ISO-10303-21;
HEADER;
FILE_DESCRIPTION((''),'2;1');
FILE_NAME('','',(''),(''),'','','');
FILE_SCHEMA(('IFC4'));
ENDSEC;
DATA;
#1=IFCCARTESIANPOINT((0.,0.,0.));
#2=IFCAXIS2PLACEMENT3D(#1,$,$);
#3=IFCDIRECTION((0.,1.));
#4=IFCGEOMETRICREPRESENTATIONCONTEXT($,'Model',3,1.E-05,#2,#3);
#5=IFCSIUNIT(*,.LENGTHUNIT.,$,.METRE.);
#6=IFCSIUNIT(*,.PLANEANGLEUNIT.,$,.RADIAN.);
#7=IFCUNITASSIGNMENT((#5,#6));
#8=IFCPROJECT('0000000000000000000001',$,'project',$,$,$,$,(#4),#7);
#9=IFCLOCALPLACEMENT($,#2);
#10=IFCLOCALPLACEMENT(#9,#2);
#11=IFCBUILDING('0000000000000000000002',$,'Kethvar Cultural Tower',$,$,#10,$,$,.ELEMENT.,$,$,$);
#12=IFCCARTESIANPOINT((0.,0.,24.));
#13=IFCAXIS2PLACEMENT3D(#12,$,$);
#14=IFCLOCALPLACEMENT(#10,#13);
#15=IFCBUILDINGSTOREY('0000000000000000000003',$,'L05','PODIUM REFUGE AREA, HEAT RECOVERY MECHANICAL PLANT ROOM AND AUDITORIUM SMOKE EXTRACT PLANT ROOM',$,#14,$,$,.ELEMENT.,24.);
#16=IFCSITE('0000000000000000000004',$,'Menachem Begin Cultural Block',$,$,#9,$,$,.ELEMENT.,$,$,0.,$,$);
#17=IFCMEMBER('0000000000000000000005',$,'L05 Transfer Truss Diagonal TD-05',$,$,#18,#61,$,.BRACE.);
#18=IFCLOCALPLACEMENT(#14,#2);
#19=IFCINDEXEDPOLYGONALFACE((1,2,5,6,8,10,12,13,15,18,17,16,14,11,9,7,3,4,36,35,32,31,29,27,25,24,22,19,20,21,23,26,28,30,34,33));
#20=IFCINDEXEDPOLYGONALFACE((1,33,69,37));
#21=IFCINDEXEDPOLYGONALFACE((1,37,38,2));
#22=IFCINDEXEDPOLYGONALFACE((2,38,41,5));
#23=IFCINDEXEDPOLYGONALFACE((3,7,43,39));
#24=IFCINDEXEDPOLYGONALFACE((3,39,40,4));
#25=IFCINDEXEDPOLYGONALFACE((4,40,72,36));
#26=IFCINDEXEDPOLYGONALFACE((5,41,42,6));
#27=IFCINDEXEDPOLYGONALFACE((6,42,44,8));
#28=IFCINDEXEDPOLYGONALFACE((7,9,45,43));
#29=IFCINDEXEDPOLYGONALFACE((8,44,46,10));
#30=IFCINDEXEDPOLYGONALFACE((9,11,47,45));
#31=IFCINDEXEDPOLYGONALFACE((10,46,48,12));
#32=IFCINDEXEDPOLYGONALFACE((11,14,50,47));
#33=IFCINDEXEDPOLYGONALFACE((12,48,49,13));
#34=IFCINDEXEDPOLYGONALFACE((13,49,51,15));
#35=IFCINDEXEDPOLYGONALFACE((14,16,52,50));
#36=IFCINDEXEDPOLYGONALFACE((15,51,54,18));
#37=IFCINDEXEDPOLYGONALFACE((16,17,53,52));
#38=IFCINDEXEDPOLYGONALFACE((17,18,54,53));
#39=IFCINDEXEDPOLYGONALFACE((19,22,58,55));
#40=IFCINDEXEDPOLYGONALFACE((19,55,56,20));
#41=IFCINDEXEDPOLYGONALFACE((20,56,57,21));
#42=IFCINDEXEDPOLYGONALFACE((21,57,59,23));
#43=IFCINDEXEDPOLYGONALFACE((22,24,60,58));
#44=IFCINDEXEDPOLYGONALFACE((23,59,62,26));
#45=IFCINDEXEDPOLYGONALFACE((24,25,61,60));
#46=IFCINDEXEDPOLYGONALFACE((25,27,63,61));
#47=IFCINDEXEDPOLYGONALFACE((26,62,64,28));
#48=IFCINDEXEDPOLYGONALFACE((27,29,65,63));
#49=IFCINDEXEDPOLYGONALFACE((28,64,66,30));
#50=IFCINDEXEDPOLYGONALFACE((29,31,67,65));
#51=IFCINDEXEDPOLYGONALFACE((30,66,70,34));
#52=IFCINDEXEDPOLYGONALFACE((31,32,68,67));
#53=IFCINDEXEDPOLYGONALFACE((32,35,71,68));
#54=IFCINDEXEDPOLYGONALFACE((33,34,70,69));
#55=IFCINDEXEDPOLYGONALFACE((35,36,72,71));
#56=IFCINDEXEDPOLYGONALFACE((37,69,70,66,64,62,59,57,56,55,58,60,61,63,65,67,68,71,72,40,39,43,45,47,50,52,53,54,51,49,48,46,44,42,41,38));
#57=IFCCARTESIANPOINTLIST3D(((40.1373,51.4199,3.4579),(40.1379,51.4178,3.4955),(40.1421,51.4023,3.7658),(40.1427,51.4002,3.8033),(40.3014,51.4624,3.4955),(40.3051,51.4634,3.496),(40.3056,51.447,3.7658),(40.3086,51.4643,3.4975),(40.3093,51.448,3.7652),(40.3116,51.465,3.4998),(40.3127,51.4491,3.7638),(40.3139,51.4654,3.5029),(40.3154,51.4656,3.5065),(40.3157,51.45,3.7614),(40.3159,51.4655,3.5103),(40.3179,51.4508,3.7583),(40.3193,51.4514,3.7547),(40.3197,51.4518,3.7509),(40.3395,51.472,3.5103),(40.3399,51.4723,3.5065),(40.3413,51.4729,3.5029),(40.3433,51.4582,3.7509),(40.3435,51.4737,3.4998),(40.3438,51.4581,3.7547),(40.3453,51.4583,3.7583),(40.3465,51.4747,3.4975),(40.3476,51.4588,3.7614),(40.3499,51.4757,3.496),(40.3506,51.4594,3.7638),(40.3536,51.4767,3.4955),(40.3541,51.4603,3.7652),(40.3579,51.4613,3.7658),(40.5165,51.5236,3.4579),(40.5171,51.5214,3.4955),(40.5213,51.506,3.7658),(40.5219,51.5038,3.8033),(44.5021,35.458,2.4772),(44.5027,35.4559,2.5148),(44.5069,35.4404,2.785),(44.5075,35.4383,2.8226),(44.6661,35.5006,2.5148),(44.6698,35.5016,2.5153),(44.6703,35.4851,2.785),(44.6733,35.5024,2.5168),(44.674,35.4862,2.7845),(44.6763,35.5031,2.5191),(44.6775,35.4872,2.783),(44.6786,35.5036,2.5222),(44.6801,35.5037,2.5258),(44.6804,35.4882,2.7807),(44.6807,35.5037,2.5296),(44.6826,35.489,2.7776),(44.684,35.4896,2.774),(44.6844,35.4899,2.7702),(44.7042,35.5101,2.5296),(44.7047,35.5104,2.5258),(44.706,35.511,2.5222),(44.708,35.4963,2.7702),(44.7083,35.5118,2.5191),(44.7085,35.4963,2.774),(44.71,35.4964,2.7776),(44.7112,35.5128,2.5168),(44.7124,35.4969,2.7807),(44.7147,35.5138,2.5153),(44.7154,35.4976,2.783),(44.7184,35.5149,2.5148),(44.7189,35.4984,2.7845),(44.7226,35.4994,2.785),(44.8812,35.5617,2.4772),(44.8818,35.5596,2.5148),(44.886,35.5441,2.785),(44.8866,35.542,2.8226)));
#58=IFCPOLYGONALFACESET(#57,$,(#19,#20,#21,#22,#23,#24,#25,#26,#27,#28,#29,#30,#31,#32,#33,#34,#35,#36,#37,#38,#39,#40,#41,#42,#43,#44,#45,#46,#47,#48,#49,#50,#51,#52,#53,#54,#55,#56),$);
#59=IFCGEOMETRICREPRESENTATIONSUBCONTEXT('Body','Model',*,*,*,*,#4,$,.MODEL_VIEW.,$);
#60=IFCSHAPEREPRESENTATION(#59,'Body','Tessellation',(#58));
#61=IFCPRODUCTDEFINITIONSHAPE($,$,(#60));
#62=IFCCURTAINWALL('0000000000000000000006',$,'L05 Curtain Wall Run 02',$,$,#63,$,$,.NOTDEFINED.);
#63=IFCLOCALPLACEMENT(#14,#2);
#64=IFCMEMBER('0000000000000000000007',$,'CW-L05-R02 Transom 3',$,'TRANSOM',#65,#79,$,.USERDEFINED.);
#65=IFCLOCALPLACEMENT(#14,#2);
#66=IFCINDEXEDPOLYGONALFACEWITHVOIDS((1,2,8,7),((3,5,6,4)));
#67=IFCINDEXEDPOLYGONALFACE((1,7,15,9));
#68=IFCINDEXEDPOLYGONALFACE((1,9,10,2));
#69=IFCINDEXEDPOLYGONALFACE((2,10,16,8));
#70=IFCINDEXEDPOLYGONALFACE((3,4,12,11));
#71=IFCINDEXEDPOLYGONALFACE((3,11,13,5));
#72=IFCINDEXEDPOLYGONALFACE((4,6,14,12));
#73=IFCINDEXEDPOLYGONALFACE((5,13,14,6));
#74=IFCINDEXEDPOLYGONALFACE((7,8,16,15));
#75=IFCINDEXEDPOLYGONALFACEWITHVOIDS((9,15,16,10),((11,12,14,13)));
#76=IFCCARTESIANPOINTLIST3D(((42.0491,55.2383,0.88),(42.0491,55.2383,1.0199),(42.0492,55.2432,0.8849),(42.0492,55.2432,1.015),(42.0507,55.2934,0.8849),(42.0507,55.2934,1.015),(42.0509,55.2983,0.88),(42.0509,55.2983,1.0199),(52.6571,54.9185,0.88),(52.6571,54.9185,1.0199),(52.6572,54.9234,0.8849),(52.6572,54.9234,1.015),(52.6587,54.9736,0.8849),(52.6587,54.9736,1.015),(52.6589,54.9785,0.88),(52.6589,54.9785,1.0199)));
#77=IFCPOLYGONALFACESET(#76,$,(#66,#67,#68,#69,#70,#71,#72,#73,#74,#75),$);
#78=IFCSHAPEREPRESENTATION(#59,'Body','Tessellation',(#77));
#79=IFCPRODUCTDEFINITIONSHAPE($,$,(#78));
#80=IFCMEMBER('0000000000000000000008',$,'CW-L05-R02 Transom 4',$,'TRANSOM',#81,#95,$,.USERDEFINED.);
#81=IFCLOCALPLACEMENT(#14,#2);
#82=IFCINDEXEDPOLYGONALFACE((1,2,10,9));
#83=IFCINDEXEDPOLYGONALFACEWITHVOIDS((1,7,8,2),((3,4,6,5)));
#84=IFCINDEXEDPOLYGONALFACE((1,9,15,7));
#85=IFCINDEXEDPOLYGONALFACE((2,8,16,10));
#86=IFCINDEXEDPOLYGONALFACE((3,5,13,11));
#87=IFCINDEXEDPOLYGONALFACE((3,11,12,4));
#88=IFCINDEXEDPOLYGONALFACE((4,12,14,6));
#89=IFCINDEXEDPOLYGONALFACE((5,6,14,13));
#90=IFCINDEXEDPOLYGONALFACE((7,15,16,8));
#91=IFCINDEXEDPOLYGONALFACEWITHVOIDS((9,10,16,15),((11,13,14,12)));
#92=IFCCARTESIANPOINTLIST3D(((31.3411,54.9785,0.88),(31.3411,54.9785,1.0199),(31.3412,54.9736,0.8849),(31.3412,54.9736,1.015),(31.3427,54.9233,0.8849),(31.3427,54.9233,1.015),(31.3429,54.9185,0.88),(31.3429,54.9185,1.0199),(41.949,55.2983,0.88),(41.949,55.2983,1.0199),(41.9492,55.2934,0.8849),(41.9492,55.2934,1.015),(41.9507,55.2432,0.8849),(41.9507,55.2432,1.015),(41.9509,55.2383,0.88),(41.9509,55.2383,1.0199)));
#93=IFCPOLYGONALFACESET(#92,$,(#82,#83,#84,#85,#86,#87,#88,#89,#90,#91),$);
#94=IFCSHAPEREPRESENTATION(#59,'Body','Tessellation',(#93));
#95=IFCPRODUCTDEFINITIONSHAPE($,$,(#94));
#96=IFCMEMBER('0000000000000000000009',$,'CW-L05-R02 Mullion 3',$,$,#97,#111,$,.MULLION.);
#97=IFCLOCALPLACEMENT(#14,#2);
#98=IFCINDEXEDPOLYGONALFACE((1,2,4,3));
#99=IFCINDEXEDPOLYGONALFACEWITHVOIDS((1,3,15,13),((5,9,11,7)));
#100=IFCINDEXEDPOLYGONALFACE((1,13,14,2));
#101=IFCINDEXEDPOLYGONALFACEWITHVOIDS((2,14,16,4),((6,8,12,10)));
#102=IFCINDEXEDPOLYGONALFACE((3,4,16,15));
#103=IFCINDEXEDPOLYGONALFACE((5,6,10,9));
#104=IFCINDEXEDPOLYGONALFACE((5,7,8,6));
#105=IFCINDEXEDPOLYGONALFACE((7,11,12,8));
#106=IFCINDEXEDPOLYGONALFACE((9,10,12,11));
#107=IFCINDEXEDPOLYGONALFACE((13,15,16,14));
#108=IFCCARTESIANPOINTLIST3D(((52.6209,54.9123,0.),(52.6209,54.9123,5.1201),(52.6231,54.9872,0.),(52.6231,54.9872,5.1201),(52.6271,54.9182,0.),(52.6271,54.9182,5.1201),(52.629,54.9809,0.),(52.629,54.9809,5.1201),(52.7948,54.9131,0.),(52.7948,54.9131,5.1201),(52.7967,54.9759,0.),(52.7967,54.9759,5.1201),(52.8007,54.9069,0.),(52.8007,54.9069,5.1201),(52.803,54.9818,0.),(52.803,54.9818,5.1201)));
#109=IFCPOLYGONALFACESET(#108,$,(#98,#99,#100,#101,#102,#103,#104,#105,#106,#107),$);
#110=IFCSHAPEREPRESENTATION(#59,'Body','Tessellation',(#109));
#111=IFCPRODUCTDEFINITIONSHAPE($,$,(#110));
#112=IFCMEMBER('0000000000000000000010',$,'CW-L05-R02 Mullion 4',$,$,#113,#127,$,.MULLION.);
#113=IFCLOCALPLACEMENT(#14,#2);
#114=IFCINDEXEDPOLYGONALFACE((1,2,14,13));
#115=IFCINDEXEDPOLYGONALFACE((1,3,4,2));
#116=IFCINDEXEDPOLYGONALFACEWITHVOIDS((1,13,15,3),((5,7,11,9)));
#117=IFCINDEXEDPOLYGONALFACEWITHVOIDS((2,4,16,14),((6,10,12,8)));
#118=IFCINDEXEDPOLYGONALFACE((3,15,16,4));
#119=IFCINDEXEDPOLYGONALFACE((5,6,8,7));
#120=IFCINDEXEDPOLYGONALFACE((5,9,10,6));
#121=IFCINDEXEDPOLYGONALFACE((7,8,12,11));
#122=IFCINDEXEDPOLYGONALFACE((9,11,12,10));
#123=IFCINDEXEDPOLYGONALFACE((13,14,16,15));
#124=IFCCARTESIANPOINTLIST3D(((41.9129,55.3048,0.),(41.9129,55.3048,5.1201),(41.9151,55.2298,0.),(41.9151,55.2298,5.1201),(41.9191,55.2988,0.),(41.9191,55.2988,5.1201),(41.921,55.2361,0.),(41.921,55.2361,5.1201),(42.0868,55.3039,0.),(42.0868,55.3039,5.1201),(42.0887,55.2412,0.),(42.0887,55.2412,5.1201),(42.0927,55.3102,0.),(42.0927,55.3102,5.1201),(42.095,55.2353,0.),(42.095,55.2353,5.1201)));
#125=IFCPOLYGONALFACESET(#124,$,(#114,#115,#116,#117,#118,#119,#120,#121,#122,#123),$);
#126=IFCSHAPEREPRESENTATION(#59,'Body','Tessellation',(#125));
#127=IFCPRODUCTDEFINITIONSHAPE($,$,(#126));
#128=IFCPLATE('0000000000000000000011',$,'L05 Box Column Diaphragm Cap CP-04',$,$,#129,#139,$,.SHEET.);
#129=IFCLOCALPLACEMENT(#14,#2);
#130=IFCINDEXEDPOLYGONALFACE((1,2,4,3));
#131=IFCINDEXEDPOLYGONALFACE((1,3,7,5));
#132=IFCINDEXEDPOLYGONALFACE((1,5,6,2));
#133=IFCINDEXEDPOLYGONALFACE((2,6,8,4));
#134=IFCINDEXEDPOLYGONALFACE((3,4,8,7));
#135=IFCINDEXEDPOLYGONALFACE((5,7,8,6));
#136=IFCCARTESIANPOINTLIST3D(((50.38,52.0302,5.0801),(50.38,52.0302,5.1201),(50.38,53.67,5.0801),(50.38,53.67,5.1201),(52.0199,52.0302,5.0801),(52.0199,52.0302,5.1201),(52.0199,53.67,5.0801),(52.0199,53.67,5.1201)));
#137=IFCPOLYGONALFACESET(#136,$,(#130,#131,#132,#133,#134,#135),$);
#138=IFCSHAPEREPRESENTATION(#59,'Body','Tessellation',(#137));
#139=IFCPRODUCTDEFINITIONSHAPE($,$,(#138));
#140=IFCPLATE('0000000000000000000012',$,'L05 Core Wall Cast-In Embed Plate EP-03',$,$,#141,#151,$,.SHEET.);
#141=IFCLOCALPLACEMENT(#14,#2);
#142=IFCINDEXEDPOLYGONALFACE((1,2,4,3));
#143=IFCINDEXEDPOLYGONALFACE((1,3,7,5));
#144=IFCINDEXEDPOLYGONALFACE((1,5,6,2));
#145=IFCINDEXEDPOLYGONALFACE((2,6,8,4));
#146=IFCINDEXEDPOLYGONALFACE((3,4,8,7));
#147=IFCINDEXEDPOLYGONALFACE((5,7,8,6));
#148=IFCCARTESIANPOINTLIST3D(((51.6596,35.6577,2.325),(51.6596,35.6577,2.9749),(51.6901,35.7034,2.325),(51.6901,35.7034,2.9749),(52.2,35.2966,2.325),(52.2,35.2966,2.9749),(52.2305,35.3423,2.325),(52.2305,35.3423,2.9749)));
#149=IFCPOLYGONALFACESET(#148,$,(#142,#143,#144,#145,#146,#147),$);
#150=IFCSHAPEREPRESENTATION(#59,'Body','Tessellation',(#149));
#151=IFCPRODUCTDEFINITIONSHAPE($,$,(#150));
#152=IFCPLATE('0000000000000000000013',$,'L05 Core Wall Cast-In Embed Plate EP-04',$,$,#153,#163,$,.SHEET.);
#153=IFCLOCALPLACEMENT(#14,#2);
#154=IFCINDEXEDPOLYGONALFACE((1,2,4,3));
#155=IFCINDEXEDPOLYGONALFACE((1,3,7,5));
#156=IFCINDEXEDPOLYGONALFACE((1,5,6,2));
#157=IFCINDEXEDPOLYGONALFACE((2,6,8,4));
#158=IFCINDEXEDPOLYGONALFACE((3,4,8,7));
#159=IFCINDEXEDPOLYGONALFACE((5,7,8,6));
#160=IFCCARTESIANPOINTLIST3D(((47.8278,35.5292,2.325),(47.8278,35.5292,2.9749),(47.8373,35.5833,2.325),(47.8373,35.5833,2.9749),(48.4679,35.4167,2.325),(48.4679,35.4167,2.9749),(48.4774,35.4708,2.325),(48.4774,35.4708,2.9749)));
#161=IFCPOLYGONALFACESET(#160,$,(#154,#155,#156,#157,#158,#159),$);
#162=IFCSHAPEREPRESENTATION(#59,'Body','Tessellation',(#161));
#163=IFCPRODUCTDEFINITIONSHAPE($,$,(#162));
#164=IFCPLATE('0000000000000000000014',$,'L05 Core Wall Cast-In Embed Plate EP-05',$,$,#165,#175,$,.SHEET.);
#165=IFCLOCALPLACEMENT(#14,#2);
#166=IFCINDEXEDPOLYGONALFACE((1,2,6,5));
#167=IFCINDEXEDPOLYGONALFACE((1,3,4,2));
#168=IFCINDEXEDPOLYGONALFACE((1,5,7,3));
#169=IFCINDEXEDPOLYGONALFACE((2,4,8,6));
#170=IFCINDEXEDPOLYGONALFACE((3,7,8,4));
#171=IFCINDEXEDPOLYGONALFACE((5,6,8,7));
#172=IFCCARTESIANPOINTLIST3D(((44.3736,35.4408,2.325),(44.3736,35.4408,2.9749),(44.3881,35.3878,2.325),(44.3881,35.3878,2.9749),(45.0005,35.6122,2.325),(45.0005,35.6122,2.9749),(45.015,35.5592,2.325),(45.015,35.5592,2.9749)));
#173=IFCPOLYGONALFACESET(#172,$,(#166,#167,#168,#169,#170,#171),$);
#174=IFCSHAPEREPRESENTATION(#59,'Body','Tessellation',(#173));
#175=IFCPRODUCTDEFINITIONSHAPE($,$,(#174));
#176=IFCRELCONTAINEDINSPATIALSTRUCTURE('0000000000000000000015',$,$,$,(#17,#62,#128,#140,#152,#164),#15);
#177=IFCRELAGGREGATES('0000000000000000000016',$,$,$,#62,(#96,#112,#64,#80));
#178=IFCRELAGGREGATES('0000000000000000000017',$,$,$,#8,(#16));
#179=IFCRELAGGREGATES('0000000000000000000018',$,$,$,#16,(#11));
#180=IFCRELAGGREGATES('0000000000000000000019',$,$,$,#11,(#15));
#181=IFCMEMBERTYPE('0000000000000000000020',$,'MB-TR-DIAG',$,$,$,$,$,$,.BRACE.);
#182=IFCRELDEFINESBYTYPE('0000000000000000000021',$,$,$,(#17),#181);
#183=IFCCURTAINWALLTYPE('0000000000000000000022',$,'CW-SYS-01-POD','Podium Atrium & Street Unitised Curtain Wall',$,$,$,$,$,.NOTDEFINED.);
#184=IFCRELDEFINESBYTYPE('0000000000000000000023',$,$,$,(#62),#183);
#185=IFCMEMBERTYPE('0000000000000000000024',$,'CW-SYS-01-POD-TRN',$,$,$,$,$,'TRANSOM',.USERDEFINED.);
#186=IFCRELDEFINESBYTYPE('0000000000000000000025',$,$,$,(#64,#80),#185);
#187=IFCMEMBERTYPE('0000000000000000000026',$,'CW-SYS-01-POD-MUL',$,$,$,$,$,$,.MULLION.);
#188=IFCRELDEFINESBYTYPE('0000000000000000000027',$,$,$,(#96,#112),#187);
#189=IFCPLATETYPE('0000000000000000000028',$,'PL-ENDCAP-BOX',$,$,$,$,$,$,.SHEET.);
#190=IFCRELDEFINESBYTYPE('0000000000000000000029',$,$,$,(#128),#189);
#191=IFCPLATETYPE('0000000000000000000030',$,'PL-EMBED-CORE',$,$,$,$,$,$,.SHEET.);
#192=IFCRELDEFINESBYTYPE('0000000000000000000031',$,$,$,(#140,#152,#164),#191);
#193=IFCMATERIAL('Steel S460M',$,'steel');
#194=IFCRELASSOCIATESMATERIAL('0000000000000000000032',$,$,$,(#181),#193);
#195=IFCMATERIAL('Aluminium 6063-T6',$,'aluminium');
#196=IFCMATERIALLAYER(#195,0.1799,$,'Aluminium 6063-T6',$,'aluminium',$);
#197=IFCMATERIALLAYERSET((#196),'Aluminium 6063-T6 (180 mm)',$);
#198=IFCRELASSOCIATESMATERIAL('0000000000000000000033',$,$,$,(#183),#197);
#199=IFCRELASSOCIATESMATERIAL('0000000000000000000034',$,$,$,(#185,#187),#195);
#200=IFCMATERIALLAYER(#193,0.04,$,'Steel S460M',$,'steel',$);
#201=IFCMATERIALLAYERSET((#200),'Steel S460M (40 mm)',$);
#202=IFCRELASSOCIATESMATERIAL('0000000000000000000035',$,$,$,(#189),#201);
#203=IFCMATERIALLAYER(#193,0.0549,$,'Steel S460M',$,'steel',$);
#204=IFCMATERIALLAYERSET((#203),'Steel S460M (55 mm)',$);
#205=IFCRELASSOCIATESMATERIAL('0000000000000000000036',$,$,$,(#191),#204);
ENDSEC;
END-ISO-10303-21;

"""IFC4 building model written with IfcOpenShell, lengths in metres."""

from ifc_helpers import new_model, si_unit, direction, frame, origin, origin_2d, place, context, subcontext, project, spatial, rectangle, hollow_rectangle, i_section, extrude, source, transform, mapped, material, layer, layer_set, material_profile, profile_set, type_object, element, aggregate, save


model = new_model("IFC4")

# Units and contexts
model_context = context("Model", 3, precision=1e-05, world=origin(), true_north=direction((0.0, 1.0)))
body_context = subcontext(model_context, "Body", "Model", "MODEL_VIEW")
ifc_project = project(units=[si_unit("LENGTHUNIT", "METRE"), si_unit("PLANEANGLEUNIT", "RADIAN")], contexts=[model_context])

# Site, building, storey
site_placement = place(None, origin())
site = spatial("IfcSite", under=ifc_project, at=site_placement, Name="Menachem Begin Cultural Block", CompositionType="ELEMENT", RefElevation=0.0)
building_placement = place(site_placement, origin())
building = spatial("IfcBuilding", under=site, at=building_placement, Name="Kethvar Cultural Tower", CompositionType="ELEMENT")
storey_placement = place(building_placement, frame((0.0, 0.0, 24.0)))
storey = spatial("IfcBuildingStorey", under=building, at=storey_placement, Name="L05", Description="PODIUM REFUGE AREA, HEAT RECOVERY MECHANICAL PLANT ROOM AND AUDITORIUM SMOKE EXTRACT PLANT ROOM", CompositionType="ELEMENT", Elevation=24.0)

# Shared definitions
ifc_material_1 = material(Name="Steel S460M", Category="steel")

# Shared definitions
ifc_material_profile_1 = material_profile(ifc_material_1, i_section(OverallWidth=0.3931, OverallDepth=0.3459, WebThickness=0.0244, FlangeThickness=0.0376, FilletRadius=0.0149, at=origin_2d()), Name="Steel S460M — HD400x509")
ifc_profile_set_1 = profile_set([ifc_material_profile_1], Name="Steel S460M — HD400x509")
member_type_1 = type_object("IfcMemberType", Name="MB-TR-DIAG", PredefinedType="BRACE", material=ifc_profile_set_1)

# Member
shared_shape_1 = source(origin(), body_context, "Body", "SweptSolid", [
    extrude(i_section(OverallWidth=0.3931, OverallDepth=0.3459, WebThickness=0.0244, FlangeThickness=0.0376, FilletRadius=0.0149, at=origin_2d()), origin(), (0.0, 0.0, 1.0), 16.5769),
])
member_1_placement = place(storey_placement, frame((44.6943, 35.5, 2.6499), z_axis=(-0.263302, 0.962898, 0.059161), x_axis=(-0.964587, -0.263764, 0.0)))
element("IfcMember", 1, at=member_1_placement, inside=storey, type_object=member_type_1, Name="L05 Transfer Truss Diagonal TD-05", PredefinedType="BRACE", context=body_context, shape_type="MappedRepresentation", body=[
    mapped(shared_shape_1, transform((0.0, 0.0, 0.0), scale=1.0)),
])

# Curtain wall, members
ifc_material_2 = material(Name="Aluminium 6063-T6", Category="aluminium")
ifc_layer_1 = layer(ifc_material_2, 0.1799, Name="Aluminium 6063-T6", Category="aluminium")
ifc_layer_set_1 = layer_set([ifc_layer_1], Name="Aluminium 6063-T6 (180 mm)")
curtain_wall_type = type_object("IfcCurtainWallType", Name="CW-SYS-01-POD", Description="Podium Atrium & Street Unitised Curtain Wall", PredefinedType="NOTDEFINED", material=ifc_layer_set_1)
curtain_wall_placement = place(storey_placement, origin())
curtain_wall = element("IfcCurtainWall", 2, at=curtain_wall_placement, inside=storey, type_object=curtain_wall_type, Name="L05 Curtain Wall Run 02", PredefinedType="NOTDEFINED")
ifc_material_profile_2 = material_profile(ifc_material_2, hollow_rectangle(XDim=0.0601, YDim=0.1399, WallThickness=0.0049, at=origin_2d()), Name="Aluminium 6063-T6 — RHS140x60x5")
ifc_profile_set_2 = profile_set([ifc_material_profile_2], Name="Aluminium 6063-T6 — RHS140x60x5")
member_type_2 = type_object("IfcMemberType", Name="CW-SYS-01-POD-TRN", ElementType="TRANSOM", PredefinedType="USERDEFINED", material=ifc_profile_set_2)
shared_shape_2 = source(origin(), body_context, "Body", "SweptSolid", [
    extrude(hollow_rectangle(XDim=0.0601, YDim=0.1399, WallThickness=0.0049, at=origin_2d()), origin(), (0.0, 0.0, 1.0), 10.6128),
])
member_2_placement = place(storey_placement, frame((52.658, 54.9485, 0.95), z_axis=(-0.999546, 0.030136, 0.0), x_axis=(-0.030136, -0.999546, 0.0)))
member_2 = element("IfcMember", 3, at=member_2_placement, type_object=member_type_2, Name="CW-L05-R02 Transom 3", ObjectType="TRANSOM", PredefinedType="USERDEFINED", context=body_context, shape_type="MappedRepresentation", body=[
    mapped(shared_shape_2, transform((0.0, 0.0, 0.0), scale=1.0)),
])
member_3_placement = place(storey_placement, frame((41.95, 55.2683, 0.95), z_axis=(-0.999546, -0.030136, 0.0), x_axis=(0.030136, -0.999546, 0.0)))
member_3 = element("IfcMember", 4, at=member_3_placement, type_object=member_type_2, Name="CW-L05-R02 Transom 4", ObjectType="TRANSOM", PredefinedType="USERDEFINED", context=body_context, shape_type="MappedRepresentation", body=[
    mapped(shared_shape_2, transform((0.0, 0.0, 0.0), scale=1.0)),
])
ifc_material_profile_3 = material_profile(ifc_material_2, hollow_rectangle(XDim=0.075, YDim=0.1799, WallThickness=0.0061, at=origin_2d()), Name="Aluminium 6063-T6 — RHS180x75x6")
ifc_profile_set_3 = profile_set([ifc_material_profile_3], Name="Aluminium 6063-T6 — RHS180x75x6")
member_type_3 = type_object("IfcMemberType", Name="CW-SYS-01-POD-MUL", PredefinedType="MULLION", material=ifc_profile_set_3)
shared_shape_3 = source(origin(), body_context, "Body", "SweptSolid", [
    extrude(hollow_rectangle(XDim=0.075, YDim=0.1799, WallThickness=0.0061, at=origin_2d()), origin(), (0.0, 0.0, 1.0), 5.1201),
])
member_4_placement = place(storey_placement, frame((52.7119, 54.947, 0.0), z_axis=(0.0, 0.0, 1.0), x_axis=(-0.030137, -0.999546, 0.0)))
member_4 = element("IfcMember", 5, at=member_4_placement, type_object=member_type_3, Name="CW-L05-R02 Mullion 3", PredefinedType="MULLION", context=body_context, shape_type="MappedRepresentation", body=[
    mapped(shared_shape_3, transform((0.0, 0.0, 0.0), scale=1.0)),
])
member_5_placement = place(storey_placement, frame((42.0039, 55.27, 0.0), z_axis=(0.0, 0.0, 1.0), x_axis=(0.030137, -0.999546, 0.0)))
member_5 = element("IfcMember", 6, at=member_5_placement, type_object=member_type_3, Name="CW-L05-R02 Mullion 4", PredefinedType="MULLION", context=body_context, shape_type="MappedRepresentation", body=[
    mapped(shared_shape_3, transform((0.0, 0.0, 0.0), scale=1.0)),
])

# Plates
ifc_layer_2 = layer(ifc_material_1, 0.04, Name="Steel S460M", Category="steel")
ifc_layer_set_2 = layer_set([ifc_layer_2], Name="Steel S460M (40 mm)")
plate_type_1 = type_object("IfcPlateType", Name="PL-ENDCAP-BOX", PredefinedType="SHEET", material=ifc_layer_set_2)
shared_shape_4 = source(origin(), body_context, "Body", "SweptSolid", [
    extrude(rectangle(XDim=1.6399, YDim=1.6399, at=origin_2d()), origin(), (0.0, 0.0, 1.0), 0.04),
])
plate_1_placement = place(storey_placement, frame((51.2, 52.8501, 5.0801), z_axis=(0.0, 0.0, 1.0), x_axis=(1.0, 0.0, 0.0)))
element("IfcPlate", 7, at=plate_1_placement, inside=storey, type_object=plate_type_1, Name="L05 Box Column Diaphragm Cap CP-04", PredefinedType="SHEET", context=body_context, shape_type="MappedRepresentation", body=[
    mapped(shared_shape_4, transform((0.0, 0.0, 0.0), scale=1.0)),
])
ifc_layer_3 = layer(ifc_material_1, 0.0549, Name="Steel S460M", Category="steel")
ifc_layer_set_3 = layer_set([ifc_layer_3], Name="Steel S460M (55 mm)")
plate_type_2 = type_object("IfcPlateType", Name="PL-EMBED-CORE", PredefinedType="SHEET", material=ifc_layer_set_3)
shared_shape_5 = source(origin(), body_context, "Body", "SweptSolid", [
    extrude(rectangle(XDim=0.0549, YDim=0.6499, at=origin_2d()), origin(), (0.0, 0.0, 1.0), 0.6499),
])
for number, where, z_axis, x_axis, name in (
    (8, (51.9451, 35.5, 2.325), (0.0, 0.0, 1.0), (0.55557, 0.83147, 0.0), "L05 Core Wall Cast-In Embed Plate EP-03"),
    (9, (48.1526, 35.5, 2.325), (0.0, 0.0, 1.0), (0.172961, 0.984929, 0.0), "L05 Core Wall Cast-In Embed Plate EP-04"),
    (10, (44.6943, 35.5, 2.325), (0.0, 0.0, 1.0), (-0.263705, 0.964603, 0.0), "L05 Core Wall Cast-In Embed Plate EP-05"),
):
    element("IfcPlate", number, at=place(storey_placement, frame(where, z_axis=z_axis, x_axis=x_axis)), inside=storey, type_object=plate_type_2, Name=name, PredefinedType="SHEET", context=body_context, shape_type="MappedRepresentation", body=[
        mapped(shared_shape_5, transform((0.0, 0.0, 0.0), scale=1.0)),
    ])

aggregate(curtain_wall, [member_4, member_5, member_2, member_3])

save(model, "model.ifc")
